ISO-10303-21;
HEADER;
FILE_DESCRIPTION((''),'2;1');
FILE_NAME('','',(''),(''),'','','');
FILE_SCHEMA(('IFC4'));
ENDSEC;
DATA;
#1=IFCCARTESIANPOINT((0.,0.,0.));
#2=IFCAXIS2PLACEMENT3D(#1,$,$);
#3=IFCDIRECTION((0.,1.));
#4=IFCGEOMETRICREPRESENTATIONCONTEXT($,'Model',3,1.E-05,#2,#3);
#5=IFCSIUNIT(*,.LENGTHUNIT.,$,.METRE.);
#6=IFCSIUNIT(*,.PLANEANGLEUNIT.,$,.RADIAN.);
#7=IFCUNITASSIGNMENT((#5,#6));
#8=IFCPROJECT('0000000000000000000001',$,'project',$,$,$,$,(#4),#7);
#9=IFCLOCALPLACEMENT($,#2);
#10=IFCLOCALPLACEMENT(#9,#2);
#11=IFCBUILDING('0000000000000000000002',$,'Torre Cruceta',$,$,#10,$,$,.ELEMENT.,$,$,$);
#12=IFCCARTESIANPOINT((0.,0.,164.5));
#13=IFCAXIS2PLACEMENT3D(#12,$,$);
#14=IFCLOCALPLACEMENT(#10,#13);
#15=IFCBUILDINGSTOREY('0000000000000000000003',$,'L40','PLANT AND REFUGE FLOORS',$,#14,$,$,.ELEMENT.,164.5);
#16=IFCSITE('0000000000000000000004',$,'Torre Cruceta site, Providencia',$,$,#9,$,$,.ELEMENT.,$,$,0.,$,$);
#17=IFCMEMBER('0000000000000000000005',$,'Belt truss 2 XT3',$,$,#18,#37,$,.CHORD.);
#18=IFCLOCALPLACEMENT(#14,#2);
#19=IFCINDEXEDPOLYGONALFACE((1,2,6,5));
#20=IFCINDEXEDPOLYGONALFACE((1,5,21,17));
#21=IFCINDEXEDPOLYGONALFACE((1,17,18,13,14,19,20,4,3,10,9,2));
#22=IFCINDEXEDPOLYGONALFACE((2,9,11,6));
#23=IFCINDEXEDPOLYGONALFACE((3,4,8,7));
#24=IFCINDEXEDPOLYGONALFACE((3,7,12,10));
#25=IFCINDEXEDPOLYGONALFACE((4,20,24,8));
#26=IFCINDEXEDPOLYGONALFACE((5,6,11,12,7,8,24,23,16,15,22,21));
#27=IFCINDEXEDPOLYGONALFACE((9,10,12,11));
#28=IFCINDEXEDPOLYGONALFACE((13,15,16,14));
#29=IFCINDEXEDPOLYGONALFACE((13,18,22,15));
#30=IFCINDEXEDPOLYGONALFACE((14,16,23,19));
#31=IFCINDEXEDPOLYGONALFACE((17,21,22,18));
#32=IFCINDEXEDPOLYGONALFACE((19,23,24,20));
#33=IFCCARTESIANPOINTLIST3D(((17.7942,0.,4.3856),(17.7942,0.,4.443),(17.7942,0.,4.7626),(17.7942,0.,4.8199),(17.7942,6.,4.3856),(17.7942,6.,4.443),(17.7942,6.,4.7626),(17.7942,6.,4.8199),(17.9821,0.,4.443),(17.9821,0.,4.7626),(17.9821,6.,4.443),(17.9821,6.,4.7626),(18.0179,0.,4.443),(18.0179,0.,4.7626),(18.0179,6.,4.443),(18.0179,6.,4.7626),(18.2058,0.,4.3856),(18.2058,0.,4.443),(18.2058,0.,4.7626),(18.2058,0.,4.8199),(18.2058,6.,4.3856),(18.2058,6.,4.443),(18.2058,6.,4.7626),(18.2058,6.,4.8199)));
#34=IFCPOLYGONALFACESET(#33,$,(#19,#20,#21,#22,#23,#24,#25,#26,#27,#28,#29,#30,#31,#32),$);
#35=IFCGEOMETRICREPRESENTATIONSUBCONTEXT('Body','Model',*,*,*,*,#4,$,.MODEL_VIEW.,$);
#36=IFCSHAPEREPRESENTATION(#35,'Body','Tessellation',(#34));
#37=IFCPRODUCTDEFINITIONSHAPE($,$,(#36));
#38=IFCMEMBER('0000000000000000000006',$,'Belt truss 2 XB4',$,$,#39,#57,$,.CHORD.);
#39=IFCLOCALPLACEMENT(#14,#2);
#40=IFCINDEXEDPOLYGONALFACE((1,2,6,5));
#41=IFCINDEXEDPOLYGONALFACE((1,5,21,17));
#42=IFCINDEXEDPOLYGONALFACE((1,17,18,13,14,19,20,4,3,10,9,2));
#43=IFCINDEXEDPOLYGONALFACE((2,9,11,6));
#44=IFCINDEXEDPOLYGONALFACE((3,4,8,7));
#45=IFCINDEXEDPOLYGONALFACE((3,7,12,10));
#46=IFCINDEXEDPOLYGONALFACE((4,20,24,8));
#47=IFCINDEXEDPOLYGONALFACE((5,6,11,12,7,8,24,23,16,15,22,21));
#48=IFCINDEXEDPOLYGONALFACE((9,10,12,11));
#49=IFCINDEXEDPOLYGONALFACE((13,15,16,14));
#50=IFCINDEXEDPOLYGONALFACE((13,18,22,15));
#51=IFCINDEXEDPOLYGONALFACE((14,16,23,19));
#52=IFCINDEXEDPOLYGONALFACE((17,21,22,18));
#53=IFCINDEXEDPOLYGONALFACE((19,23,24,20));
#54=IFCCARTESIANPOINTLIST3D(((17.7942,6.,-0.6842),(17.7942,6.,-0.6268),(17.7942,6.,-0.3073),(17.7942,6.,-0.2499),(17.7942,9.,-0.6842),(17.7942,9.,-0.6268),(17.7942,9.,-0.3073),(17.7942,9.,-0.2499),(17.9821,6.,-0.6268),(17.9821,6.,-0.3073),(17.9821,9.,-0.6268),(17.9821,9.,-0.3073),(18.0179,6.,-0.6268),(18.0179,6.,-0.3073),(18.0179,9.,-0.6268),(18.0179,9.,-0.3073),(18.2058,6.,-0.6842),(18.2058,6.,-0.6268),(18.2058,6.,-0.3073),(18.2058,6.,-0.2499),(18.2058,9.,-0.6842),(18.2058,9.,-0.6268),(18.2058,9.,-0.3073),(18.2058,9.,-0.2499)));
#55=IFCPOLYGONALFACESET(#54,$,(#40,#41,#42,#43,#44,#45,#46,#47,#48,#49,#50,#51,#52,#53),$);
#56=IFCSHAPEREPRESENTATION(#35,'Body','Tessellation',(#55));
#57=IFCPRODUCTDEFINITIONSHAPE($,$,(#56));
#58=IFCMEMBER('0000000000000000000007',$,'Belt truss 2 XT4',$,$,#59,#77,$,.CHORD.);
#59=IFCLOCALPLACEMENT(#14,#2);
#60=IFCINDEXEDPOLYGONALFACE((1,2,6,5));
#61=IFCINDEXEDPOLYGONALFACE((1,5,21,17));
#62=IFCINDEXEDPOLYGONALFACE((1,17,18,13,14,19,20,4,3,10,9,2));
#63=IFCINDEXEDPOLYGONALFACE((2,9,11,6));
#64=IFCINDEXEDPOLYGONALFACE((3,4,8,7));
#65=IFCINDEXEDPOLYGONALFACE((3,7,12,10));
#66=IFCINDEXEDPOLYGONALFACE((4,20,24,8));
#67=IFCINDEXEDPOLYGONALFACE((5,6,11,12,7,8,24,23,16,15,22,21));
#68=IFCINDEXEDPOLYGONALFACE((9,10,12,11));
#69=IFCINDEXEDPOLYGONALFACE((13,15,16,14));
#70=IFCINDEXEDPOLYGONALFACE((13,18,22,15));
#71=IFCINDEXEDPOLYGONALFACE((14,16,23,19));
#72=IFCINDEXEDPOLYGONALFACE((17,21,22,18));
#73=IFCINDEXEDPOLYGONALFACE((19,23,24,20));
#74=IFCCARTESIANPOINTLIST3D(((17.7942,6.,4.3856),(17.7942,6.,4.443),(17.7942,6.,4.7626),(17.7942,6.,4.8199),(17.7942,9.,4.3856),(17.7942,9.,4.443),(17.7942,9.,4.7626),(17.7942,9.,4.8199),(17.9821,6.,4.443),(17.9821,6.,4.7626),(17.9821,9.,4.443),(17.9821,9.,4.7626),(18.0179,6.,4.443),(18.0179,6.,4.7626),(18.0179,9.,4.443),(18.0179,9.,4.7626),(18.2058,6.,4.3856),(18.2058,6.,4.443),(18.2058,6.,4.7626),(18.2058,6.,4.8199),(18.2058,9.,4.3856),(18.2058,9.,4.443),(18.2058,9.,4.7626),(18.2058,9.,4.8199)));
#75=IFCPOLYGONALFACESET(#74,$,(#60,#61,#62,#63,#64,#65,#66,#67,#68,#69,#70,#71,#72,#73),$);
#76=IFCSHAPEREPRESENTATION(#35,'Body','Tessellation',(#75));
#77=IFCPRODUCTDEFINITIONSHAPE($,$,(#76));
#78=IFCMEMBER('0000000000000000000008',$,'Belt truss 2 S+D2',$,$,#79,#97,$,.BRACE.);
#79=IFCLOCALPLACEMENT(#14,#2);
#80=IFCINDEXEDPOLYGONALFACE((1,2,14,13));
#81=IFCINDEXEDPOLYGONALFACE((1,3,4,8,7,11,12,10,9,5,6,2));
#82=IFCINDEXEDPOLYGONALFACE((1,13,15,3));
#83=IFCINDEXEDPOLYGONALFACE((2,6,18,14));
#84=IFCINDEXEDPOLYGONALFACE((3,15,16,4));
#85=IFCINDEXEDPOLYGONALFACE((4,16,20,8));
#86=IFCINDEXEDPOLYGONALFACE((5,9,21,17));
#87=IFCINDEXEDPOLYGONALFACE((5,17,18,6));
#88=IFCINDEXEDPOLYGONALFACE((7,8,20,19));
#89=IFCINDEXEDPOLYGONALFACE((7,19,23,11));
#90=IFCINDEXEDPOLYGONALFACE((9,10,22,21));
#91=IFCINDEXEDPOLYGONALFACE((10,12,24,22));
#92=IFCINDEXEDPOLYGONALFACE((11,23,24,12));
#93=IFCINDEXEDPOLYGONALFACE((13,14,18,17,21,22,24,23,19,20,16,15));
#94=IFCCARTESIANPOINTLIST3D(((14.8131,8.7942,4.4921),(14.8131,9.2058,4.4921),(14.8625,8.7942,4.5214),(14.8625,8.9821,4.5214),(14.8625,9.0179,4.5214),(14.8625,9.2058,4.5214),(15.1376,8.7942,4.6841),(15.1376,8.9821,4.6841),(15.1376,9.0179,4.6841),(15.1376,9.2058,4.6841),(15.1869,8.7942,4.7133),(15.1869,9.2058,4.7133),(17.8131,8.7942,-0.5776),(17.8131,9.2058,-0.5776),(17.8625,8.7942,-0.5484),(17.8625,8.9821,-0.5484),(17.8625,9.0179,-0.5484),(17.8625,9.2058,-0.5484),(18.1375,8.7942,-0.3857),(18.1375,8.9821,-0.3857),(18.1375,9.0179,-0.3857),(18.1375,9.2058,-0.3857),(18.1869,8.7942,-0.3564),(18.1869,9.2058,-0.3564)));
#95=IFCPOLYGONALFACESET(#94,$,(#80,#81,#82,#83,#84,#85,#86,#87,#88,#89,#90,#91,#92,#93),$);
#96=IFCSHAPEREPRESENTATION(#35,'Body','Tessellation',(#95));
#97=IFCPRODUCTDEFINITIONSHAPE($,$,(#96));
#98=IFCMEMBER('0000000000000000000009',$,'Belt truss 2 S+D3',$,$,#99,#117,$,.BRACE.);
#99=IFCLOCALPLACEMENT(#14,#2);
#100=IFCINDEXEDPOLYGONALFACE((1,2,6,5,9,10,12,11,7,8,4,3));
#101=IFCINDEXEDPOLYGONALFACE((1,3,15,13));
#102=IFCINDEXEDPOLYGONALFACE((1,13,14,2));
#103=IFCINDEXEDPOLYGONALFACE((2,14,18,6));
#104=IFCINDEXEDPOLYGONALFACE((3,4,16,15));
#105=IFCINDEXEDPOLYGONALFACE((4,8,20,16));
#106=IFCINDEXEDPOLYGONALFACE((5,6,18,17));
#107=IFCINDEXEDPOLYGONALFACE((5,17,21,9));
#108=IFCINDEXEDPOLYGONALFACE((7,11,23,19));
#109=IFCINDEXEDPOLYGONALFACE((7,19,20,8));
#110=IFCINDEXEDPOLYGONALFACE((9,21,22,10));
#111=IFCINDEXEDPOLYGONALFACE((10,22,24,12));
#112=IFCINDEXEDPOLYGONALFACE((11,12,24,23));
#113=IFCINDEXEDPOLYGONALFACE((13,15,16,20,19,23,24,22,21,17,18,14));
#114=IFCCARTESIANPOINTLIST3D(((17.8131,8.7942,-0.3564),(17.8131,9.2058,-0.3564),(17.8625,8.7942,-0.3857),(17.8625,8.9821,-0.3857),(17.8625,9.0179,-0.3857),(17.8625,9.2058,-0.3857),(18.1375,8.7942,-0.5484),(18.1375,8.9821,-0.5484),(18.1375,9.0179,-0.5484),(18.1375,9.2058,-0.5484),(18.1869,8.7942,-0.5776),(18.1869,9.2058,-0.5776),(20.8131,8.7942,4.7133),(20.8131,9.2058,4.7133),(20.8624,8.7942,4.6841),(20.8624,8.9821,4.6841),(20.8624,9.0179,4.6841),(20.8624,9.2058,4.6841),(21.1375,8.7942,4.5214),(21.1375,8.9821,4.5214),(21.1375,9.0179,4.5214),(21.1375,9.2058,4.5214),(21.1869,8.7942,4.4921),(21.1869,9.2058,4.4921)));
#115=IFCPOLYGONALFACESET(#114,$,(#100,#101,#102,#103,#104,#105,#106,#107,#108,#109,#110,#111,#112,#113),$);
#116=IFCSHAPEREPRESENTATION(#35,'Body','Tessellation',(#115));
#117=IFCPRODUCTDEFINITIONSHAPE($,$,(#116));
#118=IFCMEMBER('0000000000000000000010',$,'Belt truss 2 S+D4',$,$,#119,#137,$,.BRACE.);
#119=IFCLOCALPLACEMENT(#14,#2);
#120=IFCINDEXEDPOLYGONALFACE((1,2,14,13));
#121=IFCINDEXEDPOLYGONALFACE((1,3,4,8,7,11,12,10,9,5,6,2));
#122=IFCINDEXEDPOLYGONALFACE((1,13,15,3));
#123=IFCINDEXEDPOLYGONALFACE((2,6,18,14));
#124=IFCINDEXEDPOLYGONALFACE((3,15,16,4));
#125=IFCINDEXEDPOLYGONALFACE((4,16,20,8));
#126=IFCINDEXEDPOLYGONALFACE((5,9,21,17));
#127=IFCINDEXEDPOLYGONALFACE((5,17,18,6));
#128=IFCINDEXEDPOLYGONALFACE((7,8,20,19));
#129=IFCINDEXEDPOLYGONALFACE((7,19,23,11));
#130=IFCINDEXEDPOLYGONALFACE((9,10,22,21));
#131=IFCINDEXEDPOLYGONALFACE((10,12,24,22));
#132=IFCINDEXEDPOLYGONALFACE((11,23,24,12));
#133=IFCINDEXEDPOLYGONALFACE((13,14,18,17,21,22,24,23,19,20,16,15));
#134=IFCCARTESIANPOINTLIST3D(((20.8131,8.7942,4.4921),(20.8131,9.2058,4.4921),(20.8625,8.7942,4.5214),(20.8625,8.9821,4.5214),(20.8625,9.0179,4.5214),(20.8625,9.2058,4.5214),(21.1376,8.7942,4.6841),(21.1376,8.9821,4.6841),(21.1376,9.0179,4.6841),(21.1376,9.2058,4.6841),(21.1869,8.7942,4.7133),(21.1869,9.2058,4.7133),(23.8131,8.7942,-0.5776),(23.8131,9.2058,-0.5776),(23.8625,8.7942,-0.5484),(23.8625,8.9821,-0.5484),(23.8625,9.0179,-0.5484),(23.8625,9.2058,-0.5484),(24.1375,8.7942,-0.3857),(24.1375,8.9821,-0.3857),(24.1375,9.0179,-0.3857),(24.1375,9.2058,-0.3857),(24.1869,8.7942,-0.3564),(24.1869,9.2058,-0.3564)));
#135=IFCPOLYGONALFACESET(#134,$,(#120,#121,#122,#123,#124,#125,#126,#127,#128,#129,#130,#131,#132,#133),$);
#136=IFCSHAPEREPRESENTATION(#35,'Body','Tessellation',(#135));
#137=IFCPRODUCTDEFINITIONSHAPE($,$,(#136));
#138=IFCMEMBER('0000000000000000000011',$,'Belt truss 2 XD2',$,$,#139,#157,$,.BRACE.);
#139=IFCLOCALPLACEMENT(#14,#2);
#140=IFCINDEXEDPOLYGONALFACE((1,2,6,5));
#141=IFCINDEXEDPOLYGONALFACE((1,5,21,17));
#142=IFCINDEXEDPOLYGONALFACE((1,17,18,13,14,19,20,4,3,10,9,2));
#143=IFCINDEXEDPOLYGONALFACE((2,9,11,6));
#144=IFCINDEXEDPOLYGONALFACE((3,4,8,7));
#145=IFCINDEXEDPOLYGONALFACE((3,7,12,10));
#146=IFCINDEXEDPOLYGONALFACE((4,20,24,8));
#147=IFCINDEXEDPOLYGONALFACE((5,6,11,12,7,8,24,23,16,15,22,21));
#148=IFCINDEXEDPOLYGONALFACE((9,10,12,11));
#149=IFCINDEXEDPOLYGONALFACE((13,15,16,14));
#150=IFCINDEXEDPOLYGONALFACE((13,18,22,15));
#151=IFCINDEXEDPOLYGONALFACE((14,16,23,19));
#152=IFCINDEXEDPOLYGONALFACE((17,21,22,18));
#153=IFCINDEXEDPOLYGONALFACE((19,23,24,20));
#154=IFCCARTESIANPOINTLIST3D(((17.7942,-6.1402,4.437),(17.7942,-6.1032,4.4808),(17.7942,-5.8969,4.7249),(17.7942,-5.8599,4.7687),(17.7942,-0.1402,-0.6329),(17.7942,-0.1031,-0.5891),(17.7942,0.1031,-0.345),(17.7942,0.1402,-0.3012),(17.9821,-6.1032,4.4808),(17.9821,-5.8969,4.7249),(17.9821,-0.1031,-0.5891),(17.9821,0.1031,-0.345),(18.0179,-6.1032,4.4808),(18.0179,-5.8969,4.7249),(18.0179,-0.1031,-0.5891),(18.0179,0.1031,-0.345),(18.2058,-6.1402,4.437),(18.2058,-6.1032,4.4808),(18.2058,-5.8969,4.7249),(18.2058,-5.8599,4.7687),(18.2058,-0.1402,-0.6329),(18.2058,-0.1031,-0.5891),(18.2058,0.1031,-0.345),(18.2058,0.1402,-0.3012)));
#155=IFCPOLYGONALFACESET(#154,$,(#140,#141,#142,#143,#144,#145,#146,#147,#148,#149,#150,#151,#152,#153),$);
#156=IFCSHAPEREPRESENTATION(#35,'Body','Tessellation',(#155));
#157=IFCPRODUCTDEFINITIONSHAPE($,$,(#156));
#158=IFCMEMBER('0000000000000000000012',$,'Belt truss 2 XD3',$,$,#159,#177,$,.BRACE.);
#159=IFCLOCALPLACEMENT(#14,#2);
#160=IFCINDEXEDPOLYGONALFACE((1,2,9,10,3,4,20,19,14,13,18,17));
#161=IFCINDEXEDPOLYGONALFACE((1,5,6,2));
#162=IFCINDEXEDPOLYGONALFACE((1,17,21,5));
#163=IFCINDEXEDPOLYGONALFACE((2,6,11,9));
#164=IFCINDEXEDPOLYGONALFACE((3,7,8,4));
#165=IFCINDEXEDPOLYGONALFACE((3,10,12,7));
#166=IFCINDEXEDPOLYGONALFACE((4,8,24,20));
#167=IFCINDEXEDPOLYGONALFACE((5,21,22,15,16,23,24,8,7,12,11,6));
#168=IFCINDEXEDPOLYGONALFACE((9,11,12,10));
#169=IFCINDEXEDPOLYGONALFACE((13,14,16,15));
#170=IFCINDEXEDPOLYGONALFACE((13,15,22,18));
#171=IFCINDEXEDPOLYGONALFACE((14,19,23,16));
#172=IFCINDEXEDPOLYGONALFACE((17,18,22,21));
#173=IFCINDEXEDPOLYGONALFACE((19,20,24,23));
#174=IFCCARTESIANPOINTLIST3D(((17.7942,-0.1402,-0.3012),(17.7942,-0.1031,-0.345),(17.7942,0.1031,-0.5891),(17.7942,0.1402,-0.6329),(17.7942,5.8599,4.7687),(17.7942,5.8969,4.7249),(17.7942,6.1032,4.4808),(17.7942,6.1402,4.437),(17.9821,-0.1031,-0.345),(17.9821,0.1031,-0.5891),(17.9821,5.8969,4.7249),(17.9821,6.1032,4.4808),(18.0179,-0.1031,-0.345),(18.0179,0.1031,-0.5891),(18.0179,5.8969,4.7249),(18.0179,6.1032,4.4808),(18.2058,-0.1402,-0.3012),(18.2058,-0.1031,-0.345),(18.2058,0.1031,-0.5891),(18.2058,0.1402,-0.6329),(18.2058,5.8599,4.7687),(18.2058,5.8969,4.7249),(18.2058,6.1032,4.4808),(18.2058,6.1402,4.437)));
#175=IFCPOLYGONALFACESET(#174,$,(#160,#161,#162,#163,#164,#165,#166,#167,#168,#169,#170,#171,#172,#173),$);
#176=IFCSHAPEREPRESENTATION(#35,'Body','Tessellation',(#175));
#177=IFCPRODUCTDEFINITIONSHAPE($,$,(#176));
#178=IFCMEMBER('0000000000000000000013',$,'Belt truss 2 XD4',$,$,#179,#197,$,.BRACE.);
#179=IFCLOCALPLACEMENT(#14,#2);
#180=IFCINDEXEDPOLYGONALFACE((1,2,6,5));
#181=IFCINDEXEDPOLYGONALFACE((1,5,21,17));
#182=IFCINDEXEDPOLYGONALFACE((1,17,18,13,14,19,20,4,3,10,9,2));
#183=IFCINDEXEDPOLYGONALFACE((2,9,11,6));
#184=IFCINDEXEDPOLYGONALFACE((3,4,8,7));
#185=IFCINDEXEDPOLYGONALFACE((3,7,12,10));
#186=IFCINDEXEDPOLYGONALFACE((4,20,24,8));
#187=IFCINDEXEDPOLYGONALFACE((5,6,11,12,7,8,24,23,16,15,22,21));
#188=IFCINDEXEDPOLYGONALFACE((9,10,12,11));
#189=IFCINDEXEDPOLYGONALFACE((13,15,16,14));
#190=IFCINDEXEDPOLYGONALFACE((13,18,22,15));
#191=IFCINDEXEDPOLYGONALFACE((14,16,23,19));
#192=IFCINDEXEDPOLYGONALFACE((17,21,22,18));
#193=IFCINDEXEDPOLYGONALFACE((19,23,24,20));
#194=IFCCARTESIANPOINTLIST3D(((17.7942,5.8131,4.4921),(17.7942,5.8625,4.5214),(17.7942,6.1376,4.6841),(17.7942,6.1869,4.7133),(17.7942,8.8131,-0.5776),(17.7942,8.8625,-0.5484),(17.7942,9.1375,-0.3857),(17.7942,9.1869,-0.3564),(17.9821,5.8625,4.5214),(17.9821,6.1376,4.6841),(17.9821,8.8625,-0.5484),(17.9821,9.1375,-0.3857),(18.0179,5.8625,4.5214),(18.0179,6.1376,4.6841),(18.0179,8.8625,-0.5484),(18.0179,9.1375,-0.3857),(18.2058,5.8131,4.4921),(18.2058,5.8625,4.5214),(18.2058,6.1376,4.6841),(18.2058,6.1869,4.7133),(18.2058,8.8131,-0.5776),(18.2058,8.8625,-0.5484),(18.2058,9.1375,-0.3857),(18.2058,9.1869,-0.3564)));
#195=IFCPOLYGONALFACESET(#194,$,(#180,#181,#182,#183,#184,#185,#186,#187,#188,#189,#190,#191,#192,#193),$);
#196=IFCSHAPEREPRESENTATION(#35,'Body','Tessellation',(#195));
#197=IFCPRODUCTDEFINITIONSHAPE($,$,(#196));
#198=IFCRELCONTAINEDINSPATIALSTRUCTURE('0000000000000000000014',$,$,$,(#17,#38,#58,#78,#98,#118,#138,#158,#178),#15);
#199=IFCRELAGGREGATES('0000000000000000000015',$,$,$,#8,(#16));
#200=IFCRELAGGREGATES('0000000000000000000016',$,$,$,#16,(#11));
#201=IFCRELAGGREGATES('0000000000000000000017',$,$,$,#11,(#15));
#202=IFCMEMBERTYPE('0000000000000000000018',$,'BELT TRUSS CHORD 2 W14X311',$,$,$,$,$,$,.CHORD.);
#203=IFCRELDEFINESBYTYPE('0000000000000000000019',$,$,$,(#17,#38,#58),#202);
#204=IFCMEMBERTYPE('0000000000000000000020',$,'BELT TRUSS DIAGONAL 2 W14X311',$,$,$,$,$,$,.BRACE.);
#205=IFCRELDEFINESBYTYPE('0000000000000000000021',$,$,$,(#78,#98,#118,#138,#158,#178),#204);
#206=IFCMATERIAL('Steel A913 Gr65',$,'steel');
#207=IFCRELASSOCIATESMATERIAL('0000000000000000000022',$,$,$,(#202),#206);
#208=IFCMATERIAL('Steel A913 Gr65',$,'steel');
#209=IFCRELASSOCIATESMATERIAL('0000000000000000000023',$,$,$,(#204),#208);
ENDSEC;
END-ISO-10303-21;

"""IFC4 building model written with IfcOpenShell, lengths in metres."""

from ifc_helpers import new_model, si_unit, direction, frame, origin, origin_2d, place, context, subcontext, project, spatial, i_section, extrude, material, material_profile, profile_set, type_object, element, save


model = new_model("IFC4")

# Units and contexts
model_context = context("Model", 3, precision=1e-05, world=origin(), true_north=direction((0.0, 1.0)))
body_context = subcontext(model_context, "Body", "Model", "MODEL_VIEW")
ifc_project = project(units=[si_unit("LENGTHUNIT", "METRE"), si_unit("PLANEANGLEUNIT", "RADIAN")], contexts=[model_context])

# Site, building, storey
site_placement = place(None, origin())
site = spatial("IfcSite", under=ifc_project, at=site_placement, Name="Torre Cruceta site, Providencia", CompositionType="ELEMENT", RefElevation=0.0)
building_placement = place(site_placement, origin())
building = spatial("IfcBuilding", under=site, at=building_placement, Name="Torre Cruceta", CompositionType="ELEMENT")
storey_placement = place(building_placement, frame((0.0, 0.0, 164.5)))
storey = spatial("IfcBuildingStorey", under=building, at=storey_placement, Name="L40", Description="PLANT AND REFUGE FLOORS", CompositionType="ELEMENT", Elevation=164.5)

# Members
ifc_material_1 = material(Name="Steel A913 Gr65", Category="steel")
ifc_material_profile_1 = material_profile(ifc_material_1, i_section(OverallWidth=0.4116, OverallDepth=0.4343, WebThickness=0.0359, FlangeThickness=0.0574, at=origin_2d()), Name="W14X311")
ifc_profile_set_1 = profile_set([ifc_material_profile_1], Name="Steel A913 Gr65")
member_type_1 = type_object("IfcMemberType", Name="BELT TRUSS CHORD 2 W14X311", PredefinedType="CHORD", material=ifc_profile_set_1)
for number, where, z_axis, x_axis, name in (
    (1, (18.0, 0.0, 4.6028), (0.0, 1.0, 0.0), (-1.0, 0.0, 0.0), "Belt truss 2 XT3"),
):
    element("IfcMember", number, at=place(storey_placement, frame(where, z_axis=z_axis, x_axis=x_axis)), inside=storey, type_object=member_type_1, Name=name, PredefinedType="CHORD", context=body_context, shape_type="SweptSolid", body=[
        extrude(i_section(OverallWidth=0.4116, OverallDepth=0.4343, WebThickness=0.0359, FlangeThickness=0.0574, at=origin_2d()), origin(), (0.0, 0.0, 1.0), 6.0),
    ])
for number, where, z_axis, x_axis, name in (
    (2, (18.0, 6.0, -0.467), (0.0, 1.0, 0.0), (-1.0, 0.0, 0.0), "Belt truss 2 XB4"),
    (3, (18.0, 6.0, 4.6028), (0.0, 1.0, 0.0), (-1.0, 0.0, 0.0), "Belt truss 2 XT4"),
):
    element("IfcMember", number, at=place(storey_placement, frame(where, z_axis=z_axis, x_axis=x_axis)), inside=storey, type_object=member_type_1, Name=name, PredefinedType="CHORD", context=body_context, shape_type="SweptSolid", body=[
        extrude(i_section(OverallWidth=0.4116, OverallDepth=0.4343, WebThickness=0.0359, FlangeThickness=0.0574, at=origin_2d()), origin(), (0.0, 0.0, 1.0), 3.0),
    ])
ifc_material_2 = material(Name="Steel A913 Gr65", Category="steel")
ifc_material_profile_2 = material_profile(ifc_material_2, i_section(OverallWidth=0.4116, OverallDepth=0.4343, WebThickness=0.0359, FlangeThickness=0.0574, at=origin_2d()), Name="W14X311")
ifc_profile_set_2 = profile_set([ifc_material_profile_2], Name="Steel A913 Gr65")
member_type_2 = type_object("IfcMemberType", Name="BELT TRUSS DIAGONAL 2 W14X311", PredefinedType="BRACE", material=ifc_profile_set_2)
for number, where, z_axis, x_axis, name in (
    (4, (18.0, 9.0, -0.467), (-0.509257, 0.0, 0.860614), (0.0, -1.0, 0.0), "Belt truss 2 S+D2"),
    (5, (18.0, 9.0, -0.467), (0.509257, 0.0, 0.860614), (0.0, 1.0, 0.0), "Belt truss 2 S+D3"),
    (6, (24.0, 9.0, -0.467), (-0.509257, 0.0, 0.860614), (0.0, -1.0, 0.0), "Belt truss 2 S+D4"),
):
    element("IfcMember", number, at=place(storey_placement, frame(where, z_axis=z_axis, x_axis=x_axis)), inside=storey, type_object=member_type_2, Name=name, PredefinedType="BRACE", context=body_context, shape_type="SweptSolid", body=[
        extrude(i_section(OverallWidth=0.4116, OverallDepth=0.4343, WebThickness=0.0359, FlangeThickness=0.0574, at=origin_2d()), origin(), (0.0, 0.0, 1.0), 5.8909),
    ])
for number, where, z_axis, x_axis, name in (
    (7, (18.0, 0.0, -0.467), (0.0, -0.763832, 0.645415), (1.0, 0.0, 0.0), "Belt truss 2 XD2"),
    (8, (18.0, 0.0, -0.467), (0.0, 0.763832, 0.645415), (-1.0, 0.0, 0.0), "Belt truss 2 XD3"),
):
    element("IfcMember", number, at=place(storey_placement, frame(where, z_axis=z_axis, x_axis=x_axis)), inside=storey, type_object=member_type_2, Name=name, PredefinedType="BRACE", context=body_context, shape_type="SweptSolid", body=[
        extrude(i_section(OverallWidth=0.4116, OverallDepth=0.4343, WebThickness=0.0359, FlangeThickness=0.0574, at=origin_2d()), origin(), (0.0, 0.0, 1.0), 7.8552),
    ])
member_placement = place(storey_placement, frame((18.0, 9.0, -0.467), z_axis=(0.0, -0.509257, 0.860614), x_axis=(1.0, 0.0, 0.0)))
element("IfcMember", 9, at=member_placement, inside=storey, type_object=member_type_2, Name="Belt truss 2 XD4", PredefinedType="BRACE", context=body_context, shape_type="SweptSolid", body=[
    extrude(i_section(OverallWidth=0.4116, OverallDepth=0.4343, WebThickness=0.0359, FlangeThickness=0.0574, at=origin_2d()), origin(), (0.0, 0.0, 1.0), 5.8909),
])

save(model, "model.ifc")
